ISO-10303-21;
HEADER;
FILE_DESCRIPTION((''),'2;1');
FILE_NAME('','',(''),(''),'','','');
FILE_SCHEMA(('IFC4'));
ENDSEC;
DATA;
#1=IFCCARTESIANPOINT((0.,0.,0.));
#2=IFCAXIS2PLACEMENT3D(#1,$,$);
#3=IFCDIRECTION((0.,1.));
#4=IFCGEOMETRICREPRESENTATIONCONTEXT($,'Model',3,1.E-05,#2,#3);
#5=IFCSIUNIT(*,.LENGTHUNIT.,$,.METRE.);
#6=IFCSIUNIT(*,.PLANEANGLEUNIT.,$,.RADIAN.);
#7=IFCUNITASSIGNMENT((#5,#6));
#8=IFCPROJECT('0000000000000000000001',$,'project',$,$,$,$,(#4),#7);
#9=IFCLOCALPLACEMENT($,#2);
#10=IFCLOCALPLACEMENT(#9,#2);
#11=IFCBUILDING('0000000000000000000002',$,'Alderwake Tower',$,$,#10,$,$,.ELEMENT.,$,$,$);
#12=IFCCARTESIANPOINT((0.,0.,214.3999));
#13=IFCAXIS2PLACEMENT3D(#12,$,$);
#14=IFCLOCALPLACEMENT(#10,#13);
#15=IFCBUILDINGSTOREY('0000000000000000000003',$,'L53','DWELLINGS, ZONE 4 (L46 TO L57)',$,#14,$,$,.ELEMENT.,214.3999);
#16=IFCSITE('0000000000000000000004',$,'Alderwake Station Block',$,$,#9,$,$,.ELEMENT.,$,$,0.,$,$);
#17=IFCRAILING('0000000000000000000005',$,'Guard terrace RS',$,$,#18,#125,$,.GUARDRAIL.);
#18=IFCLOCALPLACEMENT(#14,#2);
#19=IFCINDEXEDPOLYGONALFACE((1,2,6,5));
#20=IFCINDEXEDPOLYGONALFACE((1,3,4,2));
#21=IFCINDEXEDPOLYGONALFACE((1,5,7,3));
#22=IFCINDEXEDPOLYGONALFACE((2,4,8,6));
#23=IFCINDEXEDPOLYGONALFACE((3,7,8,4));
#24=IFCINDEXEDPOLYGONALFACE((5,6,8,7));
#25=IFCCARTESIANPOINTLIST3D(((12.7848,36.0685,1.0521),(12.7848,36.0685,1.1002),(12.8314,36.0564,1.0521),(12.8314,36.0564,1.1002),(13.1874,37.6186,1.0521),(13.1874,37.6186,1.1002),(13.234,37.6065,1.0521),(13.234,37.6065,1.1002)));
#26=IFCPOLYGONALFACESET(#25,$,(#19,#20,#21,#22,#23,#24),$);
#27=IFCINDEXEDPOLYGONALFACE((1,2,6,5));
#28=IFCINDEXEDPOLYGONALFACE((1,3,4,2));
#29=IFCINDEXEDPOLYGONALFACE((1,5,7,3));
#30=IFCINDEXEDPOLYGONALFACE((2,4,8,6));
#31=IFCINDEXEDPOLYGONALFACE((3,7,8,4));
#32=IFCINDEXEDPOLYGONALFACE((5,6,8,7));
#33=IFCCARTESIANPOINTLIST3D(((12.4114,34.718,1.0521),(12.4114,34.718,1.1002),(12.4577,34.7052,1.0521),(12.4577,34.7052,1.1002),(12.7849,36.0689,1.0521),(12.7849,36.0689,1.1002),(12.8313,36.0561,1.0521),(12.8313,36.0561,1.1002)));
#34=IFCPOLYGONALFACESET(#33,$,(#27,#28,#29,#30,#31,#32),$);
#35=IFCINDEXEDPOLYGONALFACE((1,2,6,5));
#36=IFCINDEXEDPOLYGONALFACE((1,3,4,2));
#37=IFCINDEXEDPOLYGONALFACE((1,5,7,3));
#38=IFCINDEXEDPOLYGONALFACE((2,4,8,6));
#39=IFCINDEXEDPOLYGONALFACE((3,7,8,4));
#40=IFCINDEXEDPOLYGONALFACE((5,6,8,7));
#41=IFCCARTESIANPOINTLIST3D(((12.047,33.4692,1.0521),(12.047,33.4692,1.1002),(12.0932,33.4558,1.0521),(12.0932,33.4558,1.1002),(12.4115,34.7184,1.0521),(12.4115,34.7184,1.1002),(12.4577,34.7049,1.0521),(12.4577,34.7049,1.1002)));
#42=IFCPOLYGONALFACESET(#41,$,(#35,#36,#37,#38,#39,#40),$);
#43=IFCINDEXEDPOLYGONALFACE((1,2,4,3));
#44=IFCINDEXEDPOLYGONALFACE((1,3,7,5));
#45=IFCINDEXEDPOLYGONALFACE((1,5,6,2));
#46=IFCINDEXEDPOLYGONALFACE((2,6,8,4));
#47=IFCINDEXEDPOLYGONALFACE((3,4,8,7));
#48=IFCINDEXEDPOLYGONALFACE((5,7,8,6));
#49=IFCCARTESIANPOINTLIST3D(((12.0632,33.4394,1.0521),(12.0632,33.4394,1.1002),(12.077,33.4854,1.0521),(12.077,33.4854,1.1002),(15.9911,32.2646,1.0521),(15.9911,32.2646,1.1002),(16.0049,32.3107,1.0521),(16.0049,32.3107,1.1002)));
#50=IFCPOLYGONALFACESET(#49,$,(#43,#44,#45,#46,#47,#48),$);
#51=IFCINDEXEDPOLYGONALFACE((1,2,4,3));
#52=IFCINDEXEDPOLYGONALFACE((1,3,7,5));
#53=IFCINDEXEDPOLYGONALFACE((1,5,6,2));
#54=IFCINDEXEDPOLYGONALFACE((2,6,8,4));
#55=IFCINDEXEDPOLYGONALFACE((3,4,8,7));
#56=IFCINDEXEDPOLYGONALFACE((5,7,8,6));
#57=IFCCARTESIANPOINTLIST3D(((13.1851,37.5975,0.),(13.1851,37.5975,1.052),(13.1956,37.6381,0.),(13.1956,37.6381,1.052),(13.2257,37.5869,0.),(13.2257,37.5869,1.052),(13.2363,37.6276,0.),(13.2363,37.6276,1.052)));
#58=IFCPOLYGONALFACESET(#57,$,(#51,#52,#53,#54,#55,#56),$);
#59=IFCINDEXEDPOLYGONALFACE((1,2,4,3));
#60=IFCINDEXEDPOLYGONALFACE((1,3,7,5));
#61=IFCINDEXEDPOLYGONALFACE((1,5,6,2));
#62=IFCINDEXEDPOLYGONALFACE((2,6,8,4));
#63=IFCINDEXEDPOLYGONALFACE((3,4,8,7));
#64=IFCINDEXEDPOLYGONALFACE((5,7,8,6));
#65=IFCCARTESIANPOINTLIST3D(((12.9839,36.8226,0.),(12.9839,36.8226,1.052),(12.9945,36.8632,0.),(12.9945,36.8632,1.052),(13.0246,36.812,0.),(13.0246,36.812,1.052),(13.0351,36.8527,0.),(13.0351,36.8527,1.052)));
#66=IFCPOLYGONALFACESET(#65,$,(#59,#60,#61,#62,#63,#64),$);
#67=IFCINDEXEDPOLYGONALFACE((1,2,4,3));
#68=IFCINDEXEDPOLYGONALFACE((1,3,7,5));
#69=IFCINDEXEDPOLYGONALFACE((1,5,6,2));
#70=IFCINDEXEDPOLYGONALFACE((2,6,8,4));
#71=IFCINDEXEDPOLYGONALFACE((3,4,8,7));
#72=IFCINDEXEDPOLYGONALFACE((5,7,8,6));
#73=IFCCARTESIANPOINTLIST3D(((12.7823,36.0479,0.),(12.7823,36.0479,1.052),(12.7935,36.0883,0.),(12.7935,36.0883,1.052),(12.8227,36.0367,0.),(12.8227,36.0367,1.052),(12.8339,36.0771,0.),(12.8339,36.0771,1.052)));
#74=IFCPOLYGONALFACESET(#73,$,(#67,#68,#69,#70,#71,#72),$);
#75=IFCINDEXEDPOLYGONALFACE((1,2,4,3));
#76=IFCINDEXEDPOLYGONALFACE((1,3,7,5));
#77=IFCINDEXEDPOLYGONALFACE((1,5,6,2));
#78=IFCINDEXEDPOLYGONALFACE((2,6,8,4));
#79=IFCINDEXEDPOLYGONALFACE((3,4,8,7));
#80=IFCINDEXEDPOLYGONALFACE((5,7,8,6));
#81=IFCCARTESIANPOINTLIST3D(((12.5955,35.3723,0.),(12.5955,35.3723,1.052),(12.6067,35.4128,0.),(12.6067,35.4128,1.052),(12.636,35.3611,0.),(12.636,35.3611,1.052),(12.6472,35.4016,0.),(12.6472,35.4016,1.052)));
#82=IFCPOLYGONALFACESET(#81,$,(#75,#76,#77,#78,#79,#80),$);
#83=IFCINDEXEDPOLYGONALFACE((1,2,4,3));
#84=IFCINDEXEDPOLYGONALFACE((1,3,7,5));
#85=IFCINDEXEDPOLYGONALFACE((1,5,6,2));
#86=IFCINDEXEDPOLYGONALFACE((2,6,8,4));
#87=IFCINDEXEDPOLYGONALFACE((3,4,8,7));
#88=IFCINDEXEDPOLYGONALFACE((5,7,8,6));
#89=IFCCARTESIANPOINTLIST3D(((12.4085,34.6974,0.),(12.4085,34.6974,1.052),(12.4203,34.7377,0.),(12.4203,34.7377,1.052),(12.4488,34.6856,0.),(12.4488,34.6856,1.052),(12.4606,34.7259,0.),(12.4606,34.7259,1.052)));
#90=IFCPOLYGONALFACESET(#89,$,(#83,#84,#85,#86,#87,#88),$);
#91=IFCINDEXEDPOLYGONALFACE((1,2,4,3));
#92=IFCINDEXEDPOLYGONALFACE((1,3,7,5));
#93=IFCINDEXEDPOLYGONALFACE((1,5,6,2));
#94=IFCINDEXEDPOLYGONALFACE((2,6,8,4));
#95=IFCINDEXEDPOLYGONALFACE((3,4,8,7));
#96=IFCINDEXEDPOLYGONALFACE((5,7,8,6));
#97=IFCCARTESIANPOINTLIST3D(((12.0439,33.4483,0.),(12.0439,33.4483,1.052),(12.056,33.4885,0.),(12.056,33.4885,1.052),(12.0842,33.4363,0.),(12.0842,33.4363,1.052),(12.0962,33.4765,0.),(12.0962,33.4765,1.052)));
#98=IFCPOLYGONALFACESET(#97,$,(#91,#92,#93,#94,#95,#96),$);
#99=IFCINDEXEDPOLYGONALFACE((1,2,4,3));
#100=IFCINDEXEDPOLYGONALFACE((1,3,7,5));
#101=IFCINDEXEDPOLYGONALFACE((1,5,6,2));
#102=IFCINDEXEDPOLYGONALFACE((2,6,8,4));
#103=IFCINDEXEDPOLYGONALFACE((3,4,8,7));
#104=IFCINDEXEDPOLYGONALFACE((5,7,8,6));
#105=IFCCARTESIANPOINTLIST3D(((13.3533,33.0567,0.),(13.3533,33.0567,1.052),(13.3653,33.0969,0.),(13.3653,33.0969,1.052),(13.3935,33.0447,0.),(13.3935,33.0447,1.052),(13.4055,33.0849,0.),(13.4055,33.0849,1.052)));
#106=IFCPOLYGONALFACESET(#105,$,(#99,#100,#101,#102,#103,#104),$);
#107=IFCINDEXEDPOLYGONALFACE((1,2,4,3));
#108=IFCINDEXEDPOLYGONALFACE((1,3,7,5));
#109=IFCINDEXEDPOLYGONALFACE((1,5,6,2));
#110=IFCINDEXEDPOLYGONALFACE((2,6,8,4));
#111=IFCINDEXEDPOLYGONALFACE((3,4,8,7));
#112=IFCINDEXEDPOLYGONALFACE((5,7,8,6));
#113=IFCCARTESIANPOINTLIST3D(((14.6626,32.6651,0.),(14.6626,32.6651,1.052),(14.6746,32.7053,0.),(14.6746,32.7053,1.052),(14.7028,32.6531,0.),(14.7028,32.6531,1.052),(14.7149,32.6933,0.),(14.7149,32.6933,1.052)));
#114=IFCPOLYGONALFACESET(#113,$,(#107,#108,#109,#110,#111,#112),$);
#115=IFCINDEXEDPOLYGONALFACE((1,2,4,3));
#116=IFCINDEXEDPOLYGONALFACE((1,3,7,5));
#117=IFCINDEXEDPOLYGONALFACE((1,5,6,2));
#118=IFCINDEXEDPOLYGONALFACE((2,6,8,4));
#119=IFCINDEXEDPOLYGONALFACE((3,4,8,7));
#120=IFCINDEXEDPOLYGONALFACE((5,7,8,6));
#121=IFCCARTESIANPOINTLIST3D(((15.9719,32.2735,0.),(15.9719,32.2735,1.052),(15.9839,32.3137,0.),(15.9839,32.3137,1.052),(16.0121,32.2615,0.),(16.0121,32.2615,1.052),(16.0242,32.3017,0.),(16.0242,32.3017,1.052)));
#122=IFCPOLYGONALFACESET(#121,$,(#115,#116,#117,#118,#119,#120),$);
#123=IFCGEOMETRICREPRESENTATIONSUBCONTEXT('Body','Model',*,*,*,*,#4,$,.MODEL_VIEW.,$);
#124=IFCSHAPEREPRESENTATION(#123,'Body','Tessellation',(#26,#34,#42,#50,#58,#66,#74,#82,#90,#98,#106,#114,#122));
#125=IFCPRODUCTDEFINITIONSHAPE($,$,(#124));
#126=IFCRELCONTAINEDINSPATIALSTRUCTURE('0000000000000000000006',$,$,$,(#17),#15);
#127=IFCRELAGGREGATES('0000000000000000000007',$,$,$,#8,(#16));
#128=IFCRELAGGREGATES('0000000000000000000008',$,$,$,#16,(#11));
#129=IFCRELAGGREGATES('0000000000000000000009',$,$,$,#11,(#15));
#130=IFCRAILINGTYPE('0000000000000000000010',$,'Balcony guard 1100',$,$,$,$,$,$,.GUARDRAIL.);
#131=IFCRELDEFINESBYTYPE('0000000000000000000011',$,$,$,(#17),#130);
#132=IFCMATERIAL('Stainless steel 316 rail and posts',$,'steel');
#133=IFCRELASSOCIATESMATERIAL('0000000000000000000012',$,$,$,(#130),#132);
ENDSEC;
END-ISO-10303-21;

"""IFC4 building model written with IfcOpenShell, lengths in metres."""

from ifc_helpers import new_model, si_unit, direction, frame, origin, origin_2d, place, context, subcontext, project, spatial, rectangle, extrude, material, type_object, element, save


model = new_model("IFC4")

# Units and contexts
model_context = context("Model", 3, precision=1e-05, world=origin(), true_north=direction((0.0, 1.0)))
body_context = subcontext(model_context, "Body", "Model", "MODEL_VIEW")
ifc_project = project(units=[si_unit("LENGTHUNIT", "METRE"), si_unit("PLANEANGLEUNIT", "RADIAN")], contexts=[model_context])

# Site, building, storey
site_placement = place(None, origin())
site = spatial("IfcSite", under=ifc_project, at=site_placement, Name="Alderwake Station Block", CompositionType="ELEMENT", RefElevation=0.0)
building_placement = place(site_placement, origin())
building = spatial("IfcBuilding", under=site, at=building_placement, Name="Alderwake Tower", CompositionType="ELEMENT")
storey_placement = place(building_placement, frame((0.0, 0.0, 214.3999)))
storey = spatial("IfcBuildingStorey", under=building, at=storey_placement, Name="L53", Description="DWELLINGS, ZONE 4 (L46 TO L57)", CompositionType="ELEMENT", Elevation=214.3999)

# Railing
ifc_material_1 = material(Name="Stainless steel 316 rail and posts", Category="steel")
railing_type = type_object("IfcRailingType", Name="Balcony guard 1100", PredefinedType="GUARDRAIL", material=ifc_material_1)
railing_placement = place(storey_placement, frame((13.2107, 37.6125, 0.0)))
element("IfcRailing", 1, at=railing_placement, inside=storey, type_object=railing_type, Name="Guard terrace RS", PredefinedType="GUARDRAIL", context=body_context, shape_type="SweptSolid", body=[
    extrude(rectangle(XDim=0.0481, YDim=0.0481, at=origin_2d()), frame((0.0, 0.0, 1.0762), z_axis=(-0.251385, -0.967887, 0.0), x_axis=(0.967887, -0.251385, 0.0)), (0.0, 0.0, 1.0), 1.6016),
    extrude(rectangle(XDim=0.0481, YDim=0.0481, at=origin_2d()), frame((-0.4026, -1.55, 1.0762), z_axis=(-0.266521, -0.963829, 0.0), x_axis=(0.963829, -0.266521, 0.0)), (0.0, 0.0, 1.0), 1.4016),
    extrude(rectangle(XDim=0.0481, YDim=0.0481, at=origin_2d()), frame((-0.7761, -2.9009, 1.0762), z_axis=(-0.280094, -0.959973, 0.0), x_axis=(0.959973, -0.280094, 0.0)), (0.0, 0.0, 1.0), 1.3013),
    extrude(rectangle(XDim=0.0481, YDim=0.0481, at=origin_2d()), frame((-1.1406, -4.1501, 1.0762), z_axis=(0.958067, -0.286545, 0.0), x_axis=(0.286545, 0.958067, 0.0)), (0.0, 0.0, 1.0), 4.0999),
    extrude(rectangle(XDim=0.042, YDim=0.042, at=origin_2d()), frame((0.0, 0.0, 0.0), z_axis=(0.0, 0.0, 1.0), x_axis=(-0.251385, -0.967887, 0.0)), (0.0, 0.0, 1.0), 1.052),
    extrude(rectangle(XDim=0.042, YDim=0.042, at=origin_2d()), frame((-0.2012, -0.7749, 0.0), z_axis=(0.0, 0.0, 1.0), x_axis=(-0.251385, -0.967887, 0.0)), (0.0, 0.0, 1.0), 1.052),
    extrude(rectangle(XDim=0.042, YDim=0.042, at=origin_2d()), frame((-0.4026, -1.55, 0.0), z_axis=(0.0, 0.0, 1.0), x_axis=(-0.266521, -0.963829, 0.0)), (0.0, 0.0, 1.0), 1.052),
    extrude(rectangle(XDim=0.042, YDim=0.042, at=origin_2d()), frame((-0.5894, -2.2256, 0.0), z_axis=(0.0, 0.0, 1.0), x_axis=(-0.266521, -0.963829, 0.0)), (0.0, 0.0, 1.0), 1.052),
    extrude(rectangle(XDim=0.042, YDim=0.042, at=origin_2d()), frame((-0.7761, -2.9009, 0.0), z_axis=(0.0, 0.0, 1.0), x_axis=(-0.280094, -0.959973, 0.0)), (0.0, 0.0, 1.0), 1.052),
    extrude(rectangle(XDim=0.042, YDim=0.042, at=origin_2d()), frame((-1.1406, -4.1501, 0.0), z_axis=(0.0, 0.0, 1.0), x_axis=(0.958067, -0.286545, 0.0)), (0.0, 0.0, 1.0), 1.052),
    extrude(rectangle(XDim=0.042, YDim=0.042, at=origin_2d()), frame((0.1687, -4.5417, 0.0), z_axis=(0.0, 0.0, 1.0), x_axis=(0.958067, -0.286545, 0.0)), (0.0, 0.0, 1.0), 1.052),
    extrude(rectangle(XDim=0.042, YDim=0.042, at=origin_2d()), frame((1.478, -4.9333, 0.0), z_axis=(0.0, 0.0, 1.0), x_axis=(0.958067, -0.286545, 0.0)), (0.0, 0.0, 1.0), 1.052),
    extrude(rectangle(XDim=0.042, YDim=0.042, at=origin_2d()), frame((2.7874, -5.325, 0.0), z_axis=(0.0, 0.0, 1.0), x_axis=(0.958067, -0.286545, 0.0)), (0.0, 0.0, 1.0), 1.052),
])

save(model, "model.ifc")
